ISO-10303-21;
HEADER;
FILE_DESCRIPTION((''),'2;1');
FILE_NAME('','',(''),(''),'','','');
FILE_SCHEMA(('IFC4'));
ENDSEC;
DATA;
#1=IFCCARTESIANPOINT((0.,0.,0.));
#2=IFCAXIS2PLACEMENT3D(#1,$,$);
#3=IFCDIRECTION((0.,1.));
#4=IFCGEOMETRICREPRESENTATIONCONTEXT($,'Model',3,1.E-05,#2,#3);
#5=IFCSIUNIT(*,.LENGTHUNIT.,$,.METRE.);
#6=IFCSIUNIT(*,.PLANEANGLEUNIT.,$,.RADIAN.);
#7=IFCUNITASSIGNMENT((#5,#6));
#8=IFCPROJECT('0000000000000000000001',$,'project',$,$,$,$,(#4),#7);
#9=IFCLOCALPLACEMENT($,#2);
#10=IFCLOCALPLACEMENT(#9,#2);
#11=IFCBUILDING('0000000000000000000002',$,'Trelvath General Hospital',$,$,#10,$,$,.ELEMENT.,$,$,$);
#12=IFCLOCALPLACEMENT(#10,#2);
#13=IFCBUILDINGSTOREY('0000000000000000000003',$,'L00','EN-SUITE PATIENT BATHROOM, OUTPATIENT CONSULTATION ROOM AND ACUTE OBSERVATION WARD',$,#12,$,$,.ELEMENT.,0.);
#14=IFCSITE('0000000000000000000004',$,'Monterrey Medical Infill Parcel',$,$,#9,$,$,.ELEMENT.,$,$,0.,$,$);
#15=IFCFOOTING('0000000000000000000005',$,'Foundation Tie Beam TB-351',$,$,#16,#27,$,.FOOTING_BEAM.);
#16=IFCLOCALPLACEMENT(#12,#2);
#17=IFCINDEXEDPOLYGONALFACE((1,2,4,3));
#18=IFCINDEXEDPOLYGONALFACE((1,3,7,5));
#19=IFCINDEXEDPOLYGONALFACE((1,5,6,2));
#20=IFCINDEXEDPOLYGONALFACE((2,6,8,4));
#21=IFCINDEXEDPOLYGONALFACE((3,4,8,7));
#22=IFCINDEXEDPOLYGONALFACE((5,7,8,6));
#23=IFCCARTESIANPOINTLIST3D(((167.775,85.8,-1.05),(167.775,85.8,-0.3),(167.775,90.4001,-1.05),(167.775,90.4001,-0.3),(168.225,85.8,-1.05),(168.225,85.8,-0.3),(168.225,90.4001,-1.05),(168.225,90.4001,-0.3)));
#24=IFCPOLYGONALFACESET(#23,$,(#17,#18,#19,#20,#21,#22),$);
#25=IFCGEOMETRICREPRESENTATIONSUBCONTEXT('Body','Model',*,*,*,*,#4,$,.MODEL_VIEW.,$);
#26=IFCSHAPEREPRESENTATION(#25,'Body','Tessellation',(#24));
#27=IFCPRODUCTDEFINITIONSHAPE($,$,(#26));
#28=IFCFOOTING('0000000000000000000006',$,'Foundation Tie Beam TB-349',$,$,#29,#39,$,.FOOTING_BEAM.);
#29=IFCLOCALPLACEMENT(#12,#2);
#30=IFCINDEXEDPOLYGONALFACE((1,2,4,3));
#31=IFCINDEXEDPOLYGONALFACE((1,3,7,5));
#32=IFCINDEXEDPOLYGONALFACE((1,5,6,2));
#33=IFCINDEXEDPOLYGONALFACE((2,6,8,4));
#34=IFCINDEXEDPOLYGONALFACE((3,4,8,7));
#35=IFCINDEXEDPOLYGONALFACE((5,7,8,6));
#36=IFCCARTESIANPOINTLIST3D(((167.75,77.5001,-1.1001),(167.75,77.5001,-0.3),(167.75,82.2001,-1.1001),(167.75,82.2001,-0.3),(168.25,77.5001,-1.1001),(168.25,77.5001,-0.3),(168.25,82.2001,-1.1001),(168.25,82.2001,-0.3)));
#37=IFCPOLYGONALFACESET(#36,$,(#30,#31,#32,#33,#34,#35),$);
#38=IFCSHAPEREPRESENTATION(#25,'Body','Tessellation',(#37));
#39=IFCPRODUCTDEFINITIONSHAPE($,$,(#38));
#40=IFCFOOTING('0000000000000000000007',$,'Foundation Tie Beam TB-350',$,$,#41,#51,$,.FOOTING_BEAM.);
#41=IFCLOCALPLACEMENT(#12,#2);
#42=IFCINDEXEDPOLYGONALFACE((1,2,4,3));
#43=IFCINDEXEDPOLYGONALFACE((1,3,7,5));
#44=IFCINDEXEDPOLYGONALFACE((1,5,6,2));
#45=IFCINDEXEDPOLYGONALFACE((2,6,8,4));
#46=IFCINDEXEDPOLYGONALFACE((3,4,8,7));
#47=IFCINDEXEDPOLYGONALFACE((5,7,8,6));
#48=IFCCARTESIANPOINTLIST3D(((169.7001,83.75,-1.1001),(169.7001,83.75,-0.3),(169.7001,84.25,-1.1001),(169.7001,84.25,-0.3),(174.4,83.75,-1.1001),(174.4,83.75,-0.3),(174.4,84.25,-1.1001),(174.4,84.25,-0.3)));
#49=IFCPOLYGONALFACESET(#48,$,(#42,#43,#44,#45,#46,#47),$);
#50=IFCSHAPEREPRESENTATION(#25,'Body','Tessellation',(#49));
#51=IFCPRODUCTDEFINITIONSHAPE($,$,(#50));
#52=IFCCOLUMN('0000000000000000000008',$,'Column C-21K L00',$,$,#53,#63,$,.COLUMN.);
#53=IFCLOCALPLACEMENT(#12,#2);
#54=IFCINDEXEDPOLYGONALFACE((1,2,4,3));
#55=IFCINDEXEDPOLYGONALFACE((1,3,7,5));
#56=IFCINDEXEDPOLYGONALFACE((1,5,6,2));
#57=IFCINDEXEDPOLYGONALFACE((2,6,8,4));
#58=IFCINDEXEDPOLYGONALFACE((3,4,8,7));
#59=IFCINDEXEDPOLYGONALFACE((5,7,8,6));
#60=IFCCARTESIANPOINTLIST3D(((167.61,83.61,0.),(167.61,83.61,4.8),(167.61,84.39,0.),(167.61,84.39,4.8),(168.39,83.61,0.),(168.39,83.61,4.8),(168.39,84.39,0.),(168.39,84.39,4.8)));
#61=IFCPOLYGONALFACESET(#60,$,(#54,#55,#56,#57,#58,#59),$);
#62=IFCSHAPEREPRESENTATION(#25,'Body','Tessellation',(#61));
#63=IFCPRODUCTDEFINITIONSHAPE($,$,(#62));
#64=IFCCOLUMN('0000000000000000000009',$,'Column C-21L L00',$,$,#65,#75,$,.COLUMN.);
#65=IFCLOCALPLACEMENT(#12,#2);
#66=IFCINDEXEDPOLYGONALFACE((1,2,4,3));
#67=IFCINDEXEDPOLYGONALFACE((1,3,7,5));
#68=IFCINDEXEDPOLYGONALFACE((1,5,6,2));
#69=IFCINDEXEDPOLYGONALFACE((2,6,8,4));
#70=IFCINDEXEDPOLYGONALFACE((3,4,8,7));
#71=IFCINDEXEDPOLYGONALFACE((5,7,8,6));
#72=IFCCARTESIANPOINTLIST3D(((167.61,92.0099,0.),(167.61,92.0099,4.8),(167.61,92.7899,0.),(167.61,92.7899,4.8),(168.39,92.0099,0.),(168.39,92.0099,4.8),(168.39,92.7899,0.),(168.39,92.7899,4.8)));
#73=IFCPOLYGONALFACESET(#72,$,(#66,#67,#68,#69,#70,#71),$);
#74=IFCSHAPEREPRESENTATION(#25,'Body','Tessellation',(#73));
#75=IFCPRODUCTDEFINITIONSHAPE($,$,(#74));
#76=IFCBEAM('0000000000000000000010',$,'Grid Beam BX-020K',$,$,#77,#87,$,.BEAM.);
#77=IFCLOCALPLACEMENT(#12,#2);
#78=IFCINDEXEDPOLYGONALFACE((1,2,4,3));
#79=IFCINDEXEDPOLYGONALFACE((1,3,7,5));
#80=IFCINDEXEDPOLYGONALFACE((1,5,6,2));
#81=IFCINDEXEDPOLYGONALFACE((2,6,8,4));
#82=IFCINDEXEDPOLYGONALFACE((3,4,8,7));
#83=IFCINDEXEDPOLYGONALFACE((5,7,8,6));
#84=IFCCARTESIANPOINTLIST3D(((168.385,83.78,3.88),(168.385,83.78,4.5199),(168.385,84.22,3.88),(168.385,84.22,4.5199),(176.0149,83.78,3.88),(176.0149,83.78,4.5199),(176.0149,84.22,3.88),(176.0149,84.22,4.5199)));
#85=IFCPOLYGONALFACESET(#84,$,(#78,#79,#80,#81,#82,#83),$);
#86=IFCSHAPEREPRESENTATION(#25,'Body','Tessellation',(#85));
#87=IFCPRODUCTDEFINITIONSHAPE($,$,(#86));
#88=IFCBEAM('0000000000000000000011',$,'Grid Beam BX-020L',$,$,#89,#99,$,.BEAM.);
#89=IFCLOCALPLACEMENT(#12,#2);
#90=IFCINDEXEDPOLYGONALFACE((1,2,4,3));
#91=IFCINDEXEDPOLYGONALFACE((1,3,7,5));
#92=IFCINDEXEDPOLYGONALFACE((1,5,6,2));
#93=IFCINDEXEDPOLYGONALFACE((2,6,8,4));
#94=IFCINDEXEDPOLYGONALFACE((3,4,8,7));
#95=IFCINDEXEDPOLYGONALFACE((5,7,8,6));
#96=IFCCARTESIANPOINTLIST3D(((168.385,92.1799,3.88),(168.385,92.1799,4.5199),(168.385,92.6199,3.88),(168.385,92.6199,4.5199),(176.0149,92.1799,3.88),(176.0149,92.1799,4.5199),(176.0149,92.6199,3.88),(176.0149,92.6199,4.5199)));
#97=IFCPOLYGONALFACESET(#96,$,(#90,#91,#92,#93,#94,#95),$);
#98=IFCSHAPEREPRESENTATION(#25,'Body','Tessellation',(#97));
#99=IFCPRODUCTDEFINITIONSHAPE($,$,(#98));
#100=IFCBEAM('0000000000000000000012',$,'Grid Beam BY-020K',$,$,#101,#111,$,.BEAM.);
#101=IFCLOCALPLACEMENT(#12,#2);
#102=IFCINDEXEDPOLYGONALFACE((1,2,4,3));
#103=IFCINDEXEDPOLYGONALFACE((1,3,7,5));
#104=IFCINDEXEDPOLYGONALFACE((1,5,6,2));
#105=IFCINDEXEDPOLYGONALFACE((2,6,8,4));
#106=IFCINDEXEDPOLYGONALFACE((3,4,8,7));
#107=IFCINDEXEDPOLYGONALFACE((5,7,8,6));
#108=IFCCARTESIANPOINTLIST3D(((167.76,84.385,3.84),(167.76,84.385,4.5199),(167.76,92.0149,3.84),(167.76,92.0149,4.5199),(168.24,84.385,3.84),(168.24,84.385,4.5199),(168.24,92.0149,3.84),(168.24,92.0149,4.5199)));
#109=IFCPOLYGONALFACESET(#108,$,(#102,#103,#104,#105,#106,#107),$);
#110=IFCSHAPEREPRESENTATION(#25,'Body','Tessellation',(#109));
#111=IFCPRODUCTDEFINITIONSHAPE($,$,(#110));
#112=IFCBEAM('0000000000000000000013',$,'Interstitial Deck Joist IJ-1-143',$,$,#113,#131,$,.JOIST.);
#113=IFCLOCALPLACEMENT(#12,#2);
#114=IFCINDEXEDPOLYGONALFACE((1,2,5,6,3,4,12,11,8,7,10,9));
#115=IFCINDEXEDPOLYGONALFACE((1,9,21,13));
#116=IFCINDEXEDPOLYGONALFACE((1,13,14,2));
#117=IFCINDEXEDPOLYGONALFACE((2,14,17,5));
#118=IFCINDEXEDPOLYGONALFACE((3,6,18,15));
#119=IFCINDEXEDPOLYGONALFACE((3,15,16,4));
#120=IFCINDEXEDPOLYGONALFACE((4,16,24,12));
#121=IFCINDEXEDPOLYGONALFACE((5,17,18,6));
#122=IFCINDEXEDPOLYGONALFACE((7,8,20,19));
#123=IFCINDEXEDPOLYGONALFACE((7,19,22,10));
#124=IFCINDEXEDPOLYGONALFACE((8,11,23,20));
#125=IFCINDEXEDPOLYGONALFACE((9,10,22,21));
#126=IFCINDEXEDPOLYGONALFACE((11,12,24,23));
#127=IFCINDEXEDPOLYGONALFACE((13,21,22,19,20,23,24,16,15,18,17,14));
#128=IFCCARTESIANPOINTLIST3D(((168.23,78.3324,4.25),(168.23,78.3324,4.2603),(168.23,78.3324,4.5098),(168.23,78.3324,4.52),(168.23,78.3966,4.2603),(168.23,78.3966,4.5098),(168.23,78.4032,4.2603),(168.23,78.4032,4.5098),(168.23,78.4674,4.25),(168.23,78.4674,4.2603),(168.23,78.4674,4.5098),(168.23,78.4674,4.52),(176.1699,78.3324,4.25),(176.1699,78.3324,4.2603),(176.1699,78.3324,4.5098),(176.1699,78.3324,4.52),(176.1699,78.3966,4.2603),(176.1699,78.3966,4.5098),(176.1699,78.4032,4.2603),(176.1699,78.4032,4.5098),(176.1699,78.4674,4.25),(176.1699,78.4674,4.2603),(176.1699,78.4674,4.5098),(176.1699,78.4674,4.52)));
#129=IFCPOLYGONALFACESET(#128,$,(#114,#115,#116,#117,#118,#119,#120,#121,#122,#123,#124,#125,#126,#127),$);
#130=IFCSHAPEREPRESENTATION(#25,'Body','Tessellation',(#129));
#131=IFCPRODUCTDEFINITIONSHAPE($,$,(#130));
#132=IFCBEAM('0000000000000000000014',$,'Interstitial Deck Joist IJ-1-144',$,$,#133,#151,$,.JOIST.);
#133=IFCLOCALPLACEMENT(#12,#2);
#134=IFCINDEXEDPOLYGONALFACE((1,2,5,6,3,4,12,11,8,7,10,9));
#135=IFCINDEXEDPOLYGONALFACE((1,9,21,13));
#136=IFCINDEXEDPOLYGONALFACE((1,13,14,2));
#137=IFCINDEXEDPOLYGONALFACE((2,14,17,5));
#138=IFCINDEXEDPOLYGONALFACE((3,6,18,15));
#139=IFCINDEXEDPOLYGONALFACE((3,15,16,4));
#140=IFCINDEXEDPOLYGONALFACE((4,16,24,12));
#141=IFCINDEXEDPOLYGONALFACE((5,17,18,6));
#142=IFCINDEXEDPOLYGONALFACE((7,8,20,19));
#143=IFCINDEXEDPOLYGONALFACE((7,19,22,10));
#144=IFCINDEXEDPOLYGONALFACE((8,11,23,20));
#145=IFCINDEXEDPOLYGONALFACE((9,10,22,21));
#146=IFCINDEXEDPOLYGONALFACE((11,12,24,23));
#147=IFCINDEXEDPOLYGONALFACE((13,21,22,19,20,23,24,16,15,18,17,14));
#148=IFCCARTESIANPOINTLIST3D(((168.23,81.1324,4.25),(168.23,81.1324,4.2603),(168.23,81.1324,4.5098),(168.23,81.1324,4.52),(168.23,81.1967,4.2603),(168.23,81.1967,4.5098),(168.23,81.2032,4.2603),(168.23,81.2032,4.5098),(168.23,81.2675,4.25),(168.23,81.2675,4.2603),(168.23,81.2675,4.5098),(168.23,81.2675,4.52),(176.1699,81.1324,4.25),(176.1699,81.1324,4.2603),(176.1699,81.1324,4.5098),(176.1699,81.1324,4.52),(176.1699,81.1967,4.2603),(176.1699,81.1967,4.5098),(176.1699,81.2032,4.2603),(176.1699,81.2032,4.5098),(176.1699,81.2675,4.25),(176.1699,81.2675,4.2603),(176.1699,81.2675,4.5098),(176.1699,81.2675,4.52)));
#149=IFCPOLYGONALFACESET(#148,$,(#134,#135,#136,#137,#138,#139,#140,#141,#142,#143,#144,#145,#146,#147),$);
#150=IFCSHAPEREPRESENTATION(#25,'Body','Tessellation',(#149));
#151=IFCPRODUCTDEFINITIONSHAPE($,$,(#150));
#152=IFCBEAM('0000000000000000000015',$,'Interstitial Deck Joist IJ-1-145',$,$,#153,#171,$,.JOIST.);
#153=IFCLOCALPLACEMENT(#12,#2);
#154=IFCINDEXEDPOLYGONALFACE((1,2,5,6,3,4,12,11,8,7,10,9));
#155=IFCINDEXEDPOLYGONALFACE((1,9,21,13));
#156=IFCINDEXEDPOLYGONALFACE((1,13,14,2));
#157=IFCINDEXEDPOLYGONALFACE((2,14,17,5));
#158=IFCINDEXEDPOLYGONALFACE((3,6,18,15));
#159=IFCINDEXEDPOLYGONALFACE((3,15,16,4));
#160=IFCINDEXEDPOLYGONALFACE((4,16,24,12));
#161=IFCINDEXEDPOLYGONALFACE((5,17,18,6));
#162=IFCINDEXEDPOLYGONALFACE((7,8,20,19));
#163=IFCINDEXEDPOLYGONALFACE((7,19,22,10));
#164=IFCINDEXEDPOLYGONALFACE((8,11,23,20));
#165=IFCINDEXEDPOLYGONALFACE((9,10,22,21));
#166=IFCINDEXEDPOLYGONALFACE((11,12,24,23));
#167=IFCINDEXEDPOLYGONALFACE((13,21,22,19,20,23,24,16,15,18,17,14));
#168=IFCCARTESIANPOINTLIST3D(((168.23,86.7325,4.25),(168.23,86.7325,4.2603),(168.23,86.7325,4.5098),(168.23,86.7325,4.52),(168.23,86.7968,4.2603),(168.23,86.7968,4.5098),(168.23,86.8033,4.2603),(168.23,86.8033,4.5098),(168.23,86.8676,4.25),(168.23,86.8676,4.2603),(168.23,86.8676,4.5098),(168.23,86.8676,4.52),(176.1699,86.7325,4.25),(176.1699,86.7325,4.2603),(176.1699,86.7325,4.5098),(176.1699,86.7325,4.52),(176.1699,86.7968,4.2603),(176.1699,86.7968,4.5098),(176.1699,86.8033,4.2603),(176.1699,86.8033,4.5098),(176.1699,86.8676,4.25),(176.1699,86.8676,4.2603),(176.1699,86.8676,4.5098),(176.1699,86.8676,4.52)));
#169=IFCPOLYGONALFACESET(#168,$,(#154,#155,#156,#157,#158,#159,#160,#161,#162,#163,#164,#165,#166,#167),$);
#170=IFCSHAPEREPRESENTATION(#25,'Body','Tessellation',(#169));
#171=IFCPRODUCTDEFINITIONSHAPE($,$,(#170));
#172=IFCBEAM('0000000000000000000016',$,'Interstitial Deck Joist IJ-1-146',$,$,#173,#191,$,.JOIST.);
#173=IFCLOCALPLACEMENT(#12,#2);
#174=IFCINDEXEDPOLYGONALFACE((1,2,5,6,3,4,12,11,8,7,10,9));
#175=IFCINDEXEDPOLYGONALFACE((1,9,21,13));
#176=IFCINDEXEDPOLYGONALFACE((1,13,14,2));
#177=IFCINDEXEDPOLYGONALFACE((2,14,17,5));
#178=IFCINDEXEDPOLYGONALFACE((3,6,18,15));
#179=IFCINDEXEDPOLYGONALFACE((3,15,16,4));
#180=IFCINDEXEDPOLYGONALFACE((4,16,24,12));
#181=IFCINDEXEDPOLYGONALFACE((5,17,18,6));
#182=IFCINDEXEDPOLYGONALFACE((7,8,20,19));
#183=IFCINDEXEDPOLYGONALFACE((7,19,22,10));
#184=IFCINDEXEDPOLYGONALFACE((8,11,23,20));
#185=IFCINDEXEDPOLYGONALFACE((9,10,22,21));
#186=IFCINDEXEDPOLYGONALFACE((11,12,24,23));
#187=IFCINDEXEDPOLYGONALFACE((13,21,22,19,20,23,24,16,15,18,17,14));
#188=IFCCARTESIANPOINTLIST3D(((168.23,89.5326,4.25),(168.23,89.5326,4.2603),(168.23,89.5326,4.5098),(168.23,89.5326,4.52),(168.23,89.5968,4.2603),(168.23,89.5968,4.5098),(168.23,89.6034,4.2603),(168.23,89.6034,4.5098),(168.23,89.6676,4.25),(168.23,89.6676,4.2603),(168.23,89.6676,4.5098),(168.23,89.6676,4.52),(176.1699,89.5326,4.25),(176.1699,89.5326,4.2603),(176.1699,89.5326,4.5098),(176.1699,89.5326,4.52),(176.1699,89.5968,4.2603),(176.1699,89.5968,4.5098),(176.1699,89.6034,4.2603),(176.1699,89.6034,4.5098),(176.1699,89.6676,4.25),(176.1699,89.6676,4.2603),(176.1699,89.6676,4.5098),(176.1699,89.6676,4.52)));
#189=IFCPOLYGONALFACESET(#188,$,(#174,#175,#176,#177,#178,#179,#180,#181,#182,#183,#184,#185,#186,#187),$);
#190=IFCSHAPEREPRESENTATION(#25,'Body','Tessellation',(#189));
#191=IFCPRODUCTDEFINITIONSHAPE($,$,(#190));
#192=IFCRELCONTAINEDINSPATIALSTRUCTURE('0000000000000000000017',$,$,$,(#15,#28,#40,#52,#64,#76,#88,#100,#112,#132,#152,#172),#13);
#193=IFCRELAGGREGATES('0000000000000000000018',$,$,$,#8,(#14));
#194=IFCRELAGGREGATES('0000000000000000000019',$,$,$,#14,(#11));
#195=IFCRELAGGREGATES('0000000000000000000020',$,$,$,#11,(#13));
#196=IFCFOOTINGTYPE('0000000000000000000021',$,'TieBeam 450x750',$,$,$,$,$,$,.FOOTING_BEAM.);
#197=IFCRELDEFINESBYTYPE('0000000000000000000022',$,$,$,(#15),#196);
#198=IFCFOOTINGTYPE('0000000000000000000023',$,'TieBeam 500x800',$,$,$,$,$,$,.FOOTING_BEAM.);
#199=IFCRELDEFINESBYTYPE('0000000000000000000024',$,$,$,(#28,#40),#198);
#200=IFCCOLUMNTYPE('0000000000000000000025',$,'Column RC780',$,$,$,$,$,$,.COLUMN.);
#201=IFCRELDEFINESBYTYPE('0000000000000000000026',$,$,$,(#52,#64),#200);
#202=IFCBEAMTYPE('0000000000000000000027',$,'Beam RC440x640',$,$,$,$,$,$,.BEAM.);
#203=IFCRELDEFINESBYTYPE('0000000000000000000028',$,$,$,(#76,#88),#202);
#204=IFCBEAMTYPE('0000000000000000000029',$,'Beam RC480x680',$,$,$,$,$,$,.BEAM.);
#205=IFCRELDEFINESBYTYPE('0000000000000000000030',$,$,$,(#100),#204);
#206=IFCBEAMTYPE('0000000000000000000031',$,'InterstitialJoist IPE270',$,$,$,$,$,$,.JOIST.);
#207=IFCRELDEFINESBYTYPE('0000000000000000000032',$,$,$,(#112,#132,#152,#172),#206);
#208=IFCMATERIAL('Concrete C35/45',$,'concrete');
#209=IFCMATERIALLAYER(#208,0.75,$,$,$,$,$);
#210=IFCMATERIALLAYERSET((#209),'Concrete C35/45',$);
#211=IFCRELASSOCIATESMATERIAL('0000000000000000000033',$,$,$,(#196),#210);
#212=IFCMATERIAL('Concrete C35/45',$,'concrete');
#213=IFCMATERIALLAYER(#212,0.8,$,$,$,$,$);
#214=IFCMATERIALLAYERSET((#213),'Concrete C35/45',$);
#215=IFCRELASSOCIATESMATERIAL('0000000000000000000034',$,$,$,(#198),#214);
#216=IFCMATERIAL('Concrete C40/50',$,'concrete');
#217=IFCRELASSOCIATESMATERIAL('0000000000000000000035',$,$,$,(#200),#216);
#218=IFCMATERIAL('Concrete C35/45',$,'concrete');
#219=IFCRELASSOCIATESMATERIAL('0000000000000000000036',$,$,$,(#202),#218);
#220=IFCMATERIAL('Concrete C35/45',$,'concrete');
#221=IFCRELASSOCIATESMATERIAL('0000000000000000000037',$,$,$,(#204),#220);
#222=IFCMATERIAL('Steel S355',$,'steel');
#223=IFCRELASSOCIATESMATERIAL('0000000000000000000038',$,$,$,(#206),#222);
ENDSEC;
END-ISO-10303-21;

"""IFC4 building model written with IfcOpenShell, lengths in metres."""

from ifc_helpers import new_model, si_unit, direction, frame, origin, origin_2d, place, context, subcontext, project, spatial, rectangle, i_section, extrude, material, layer, layer_set, material_profile, profile_set, type_object, element, save


model = new_model("IFC4")

# Units and contexts
model_context = context("Model", 3, precision=1e-05, world=origin(), true_north=direction((0.0, 1.0)))
body_context = subcontext(model_context, "Body", "Model", "MODEL_VIEW")
ifc_project = project(units=[si_unit("LENGTHUNIT", "METRE"), si_unit("PLANEANGLEUNIT", "RADIAN")], contexts=[model_context])

# Site, building, storey
site_placement = place(None, origin())
site = spatial("IfcSite", under=ifc_project, at=site_placement, Name="Monterrey Medical Infill Parcel", CompositionType="ELEMENT", RefElevation=0.0)
building_placement = place(site_placement, origin())
building = spatial("IfcBuilding", under=site, at=building_placement, Name="Trelvath General Hospital", CompositionType="ELEMENT")
storey_placement = place(building_placement, origin())
storey = spatial("IfcBuildingStorey", under=building, at=storey_placement, Name="L00", Description="EN-SUITE PATIENT BATHROOM, OUTPATIENT CONSULTATION ROOM AND ACUTE OBSERVATION WARD", CompositionType="ELEMENT", Elevation=0.0)

# Footings
ifc_material_1 = material(Name="Concrete C35/45", Category="concrete")
ifc_layer_1 = layer(ifc_material_1, 0.75)
ifc_layer_set_1 = layer_set([ifc_layer_1], Name="Concrete C35/45")
footing_type_1 = type_object("IfcFootingType", Name="TieBeam 450x750", PredefinedType="FOOTING_BEAM", material=ifc_layer_set_1)
footing_1_placement = place(storey_placement, frame((168.0, 88.1001, -1.05), z_axis=(0.0, 0.0, 1.0), x_axis=(1.0, 0.0, 0.0)))
element("IfcFooting", 1, at=footing_1_placement, inside=storey, type_object=footing_type_1, Name="Foundation Tie Beam TB-351", PredefinedType="FOOTING_BEAM", context=body_context, shape_type="SweptSolid", body=[
    extrude(rectangle(XDim=0.45, YDim=4.6001, at=origin_2d()), origin(), (0.0, 0.0, 1.0), 0.75),
])
ifc_material_2 = material(Name="Concrete C35/45", Category="concrete")
ifc_layer_2 = layer(ifc_material_2, 0.8)
ifc_layer_set_2 = layer_set([ifc_layer_2], Name="Concrete C35/45")
footing_type_2 = type_object("IfcFootingType", Name="TieBeam 500x800", PredefinedType="FOOTING_BEAM", material=ifc_layer_set_2)
footing_2_placement = place(storey_placement, frame((168.0, 79.8501, -1.1001), z_axis=(0.0, 0.0, 1.0), x_axis=(1.0, 0.0, 0.0)))
element("IfcFooting", 2, at=footing_2_placement, inside=storey, type_object=footing_type_2, Name="Foundation Tie Beam TB-349", PredefinedType="FOOTING_BEAM", context=body_context, shape_type="SweptSolid", body=[
    extrude(rectangle(XDim=0.5, YDim=4.7, at=origin_2d()), origin(), (0.0, 0.0, 1.0), 0.8),
])
footing_3_placement = place(storey_placement, frame((172.05, 84.0, -1.1001), z_axis=(0.0, 0.0, 1.0), x_axis=(1.0, 0.0, 0.0)))
element("IfcFooting", 3, at=footing_3_placement, inside=storey, type_object=footing_type_2, Name="Foundation Tie Beam TB-350", PredefinedType="FOOTING_BEAM", context=body_context, shape_type="SweptSolid", body=[
    extrude(rectangle(XDim=4.7, YDim=0.5, at=origin_2d()), origin(), (0.0, 0.0, 1.0), 0.8),
])

# Columns
ifc_material_3 = material(Name="Concrete C40/50", Category="concrete")
ifc_material_profile_1 = material_profile(ifc_material_3, rectangle(XDim=0.78, YDim=0.78, at=origin_2d()), Name="RC780x780")
ifc_profile_set_1 = profile_set([ifc_material_profile_1], Name="Concrete C40/50")
column_type = type_object("IfcColumnType", Name="Column RC780", PredefinedType="COLUMN", material=ifc_profile_set_1)
for number, where, z_axis, x_axis, name in (
    (4, (168.0, 84.0, 0.0), (0.0, 0.0, 1.0), (1.0, 0.0, 0.0), "Column C-21K L00"),
    (5, (168.0, 92.3999, 0.0), (0.0, 0.0, 1.0), (1.0, 0.0, 0.0), "Column C-21L L00"),
):
    element("IfcColumn", number, at=place(storey_placement, frame(where, z_axis=z_axis, x_axis=x_axis)), inside=storey, type_object=column_type, Name=name, PredefinedType="COLUMN", context=body_context, shape_type="SweptSolid", body=[
        extrude(rectangle(XDim=0.78, YDim=0.78, at=origin_2d()), origin(), (0.0, 0.0, 1.0), 4.8),
    ])

# Beams
ifc_material_4 = material(Name="Concrete C35/45", Category="concrete")
ifc_material_profile_2 = material_profile(ifc_material_4, rectangle(XDim=0.4399, YDim=0.6399, at=origin_2d()), Name="RCB440x640")
ifc_profile_set_2 = profile_set([ifc_material_profile_2], Name="Concrete C35/45")
beam_type_1 = type_object("IfcBeamType", Name="Beam RC440x640", PredefinedType="BEAM", material=ifc_profile_set_2)
for number, where, z_axis, x_axis, name in (
    (6, (168.385, 84.0, 4.2), (1.0, 0.0, 0.0), (0.0, 1.0, 0.0), "Grid Beam BX-020K"),
    (7, (168.385, 92.3999, 4.2), (1.0, 0.0, 0.0), (0.0, 1.0, 0.0), "Grid Beam BX-020L"),
):
    element("IfcBeam", number, at=place(storey_placement, frame(where, z_axis=z_axis, x_axis=x_axis)), inside=storey, type_object=beam_type_1, Name=name, PredefinedType="BEAM", context=body_context, shape_type="SweptSolid", body=[
        extrude(rectangle(XDim=0.4399, YDim=0.6399, at=origin_2d()), origin(), (0.0, 0.0, 1.0), 7.6299),
    ])
ifc_material_5 = material(Name="Concrete C35/45", Category="concrete")
ifc_material_profile_3 = material_profile(ifc_material_5, rectangle(XDim=0.48, YDim=0.6799, at=origin_2d()), Name="RCB480x680")
ifc_profile_set_3 = profile_set([ifc_material_profile_3], Name="Concrete C35/45")
beam_type_2 = type_object("IfcBeamType", Name="Beam RC480x680", PredefinedType="BEAM", material=ifc_profile_set_3)
beam_placement = place(storey_placement, frame((168.0, 84.385, 4.1799), z_axis=(0.0, 1.0, 0.0), x_axis=(-1.0, 0.0, 0.0)))
element("IfcBeam", 8, at=beam_placement, inside=storey, type_object=beam_type_2, Name="Grid Beam BY-020K", PredefinedType="BEAM", context=body_context, shape_type="SweptSolid", body=[
    extrude(rectangle(XDim=0.48, YDim=0.6799, at=origin_2d()), origin(), (0.0, 0.0, 1.0), 7.6299),
])
ifc_material_6 = material(Name="Steel S355", Category="steel")
ifc_material_profile_4 = material_profile(ifc_material_6, i_section(OverallWidth=0.135, OverallDepth=0.27, WebThickness=0.0066, FlangeThickness=0.0103, at=origin_2d()), Name="IPE270")
ifc_profile_set_4 = profile_set([ifc_material_profile_4], Name="Steel S355")
beam_type_3 = type_object("IfcBeamType", Name="InterstitialJoist IPE270", PredefinedType="JOIST", material=ifc_profile_set_4)
for number, where, z_axis, x_axis, name in (
    (9, (168.23, 78.3999, 4.385), (1.0, 0.0, 0.0), (0.0, 1.0, 0.0), "Interstitial Deck Joist IJ-1-143"),
    (10, (168.23, 81.2, 4.385), (1.0, 0.0, 0.0), (0.0, 1.0, 0.0), "Interstitial Deck Joist IJ-1-144"),
    (11, (168.23, 86.8, 4.385), (1.0, 0.0, 0.0), (0.0, 1.0, 0.0), "Interstitial Deck Joist IJ-1-145"),
    (12, (168.23, 89.6001, 4.385), (1.0, 0.0, 0.0), (0.0, 1.0, 0.0), "Interstitial Deck Joist IJ-1-146"),
):
    element("IfcBeam", number, at=place(storey_placement, frame(where, z_axis=z_axis, x_axis=x_axis)), inside=storey, type_object=beam_type_3, Name=name, PredefinedType="JOIST", context=body_context, shape_type="SweptSolid", body=[
        extrude(i_section(OverallWidth=0.135, OverallDepth=0.27, WebThickness=0.0066, FlangeThickness=0.0103, at=origin_2d()), origin(), (0.0, 0.0, 1.0), 7.9399),
    ])

save(model, "model.ifc")
